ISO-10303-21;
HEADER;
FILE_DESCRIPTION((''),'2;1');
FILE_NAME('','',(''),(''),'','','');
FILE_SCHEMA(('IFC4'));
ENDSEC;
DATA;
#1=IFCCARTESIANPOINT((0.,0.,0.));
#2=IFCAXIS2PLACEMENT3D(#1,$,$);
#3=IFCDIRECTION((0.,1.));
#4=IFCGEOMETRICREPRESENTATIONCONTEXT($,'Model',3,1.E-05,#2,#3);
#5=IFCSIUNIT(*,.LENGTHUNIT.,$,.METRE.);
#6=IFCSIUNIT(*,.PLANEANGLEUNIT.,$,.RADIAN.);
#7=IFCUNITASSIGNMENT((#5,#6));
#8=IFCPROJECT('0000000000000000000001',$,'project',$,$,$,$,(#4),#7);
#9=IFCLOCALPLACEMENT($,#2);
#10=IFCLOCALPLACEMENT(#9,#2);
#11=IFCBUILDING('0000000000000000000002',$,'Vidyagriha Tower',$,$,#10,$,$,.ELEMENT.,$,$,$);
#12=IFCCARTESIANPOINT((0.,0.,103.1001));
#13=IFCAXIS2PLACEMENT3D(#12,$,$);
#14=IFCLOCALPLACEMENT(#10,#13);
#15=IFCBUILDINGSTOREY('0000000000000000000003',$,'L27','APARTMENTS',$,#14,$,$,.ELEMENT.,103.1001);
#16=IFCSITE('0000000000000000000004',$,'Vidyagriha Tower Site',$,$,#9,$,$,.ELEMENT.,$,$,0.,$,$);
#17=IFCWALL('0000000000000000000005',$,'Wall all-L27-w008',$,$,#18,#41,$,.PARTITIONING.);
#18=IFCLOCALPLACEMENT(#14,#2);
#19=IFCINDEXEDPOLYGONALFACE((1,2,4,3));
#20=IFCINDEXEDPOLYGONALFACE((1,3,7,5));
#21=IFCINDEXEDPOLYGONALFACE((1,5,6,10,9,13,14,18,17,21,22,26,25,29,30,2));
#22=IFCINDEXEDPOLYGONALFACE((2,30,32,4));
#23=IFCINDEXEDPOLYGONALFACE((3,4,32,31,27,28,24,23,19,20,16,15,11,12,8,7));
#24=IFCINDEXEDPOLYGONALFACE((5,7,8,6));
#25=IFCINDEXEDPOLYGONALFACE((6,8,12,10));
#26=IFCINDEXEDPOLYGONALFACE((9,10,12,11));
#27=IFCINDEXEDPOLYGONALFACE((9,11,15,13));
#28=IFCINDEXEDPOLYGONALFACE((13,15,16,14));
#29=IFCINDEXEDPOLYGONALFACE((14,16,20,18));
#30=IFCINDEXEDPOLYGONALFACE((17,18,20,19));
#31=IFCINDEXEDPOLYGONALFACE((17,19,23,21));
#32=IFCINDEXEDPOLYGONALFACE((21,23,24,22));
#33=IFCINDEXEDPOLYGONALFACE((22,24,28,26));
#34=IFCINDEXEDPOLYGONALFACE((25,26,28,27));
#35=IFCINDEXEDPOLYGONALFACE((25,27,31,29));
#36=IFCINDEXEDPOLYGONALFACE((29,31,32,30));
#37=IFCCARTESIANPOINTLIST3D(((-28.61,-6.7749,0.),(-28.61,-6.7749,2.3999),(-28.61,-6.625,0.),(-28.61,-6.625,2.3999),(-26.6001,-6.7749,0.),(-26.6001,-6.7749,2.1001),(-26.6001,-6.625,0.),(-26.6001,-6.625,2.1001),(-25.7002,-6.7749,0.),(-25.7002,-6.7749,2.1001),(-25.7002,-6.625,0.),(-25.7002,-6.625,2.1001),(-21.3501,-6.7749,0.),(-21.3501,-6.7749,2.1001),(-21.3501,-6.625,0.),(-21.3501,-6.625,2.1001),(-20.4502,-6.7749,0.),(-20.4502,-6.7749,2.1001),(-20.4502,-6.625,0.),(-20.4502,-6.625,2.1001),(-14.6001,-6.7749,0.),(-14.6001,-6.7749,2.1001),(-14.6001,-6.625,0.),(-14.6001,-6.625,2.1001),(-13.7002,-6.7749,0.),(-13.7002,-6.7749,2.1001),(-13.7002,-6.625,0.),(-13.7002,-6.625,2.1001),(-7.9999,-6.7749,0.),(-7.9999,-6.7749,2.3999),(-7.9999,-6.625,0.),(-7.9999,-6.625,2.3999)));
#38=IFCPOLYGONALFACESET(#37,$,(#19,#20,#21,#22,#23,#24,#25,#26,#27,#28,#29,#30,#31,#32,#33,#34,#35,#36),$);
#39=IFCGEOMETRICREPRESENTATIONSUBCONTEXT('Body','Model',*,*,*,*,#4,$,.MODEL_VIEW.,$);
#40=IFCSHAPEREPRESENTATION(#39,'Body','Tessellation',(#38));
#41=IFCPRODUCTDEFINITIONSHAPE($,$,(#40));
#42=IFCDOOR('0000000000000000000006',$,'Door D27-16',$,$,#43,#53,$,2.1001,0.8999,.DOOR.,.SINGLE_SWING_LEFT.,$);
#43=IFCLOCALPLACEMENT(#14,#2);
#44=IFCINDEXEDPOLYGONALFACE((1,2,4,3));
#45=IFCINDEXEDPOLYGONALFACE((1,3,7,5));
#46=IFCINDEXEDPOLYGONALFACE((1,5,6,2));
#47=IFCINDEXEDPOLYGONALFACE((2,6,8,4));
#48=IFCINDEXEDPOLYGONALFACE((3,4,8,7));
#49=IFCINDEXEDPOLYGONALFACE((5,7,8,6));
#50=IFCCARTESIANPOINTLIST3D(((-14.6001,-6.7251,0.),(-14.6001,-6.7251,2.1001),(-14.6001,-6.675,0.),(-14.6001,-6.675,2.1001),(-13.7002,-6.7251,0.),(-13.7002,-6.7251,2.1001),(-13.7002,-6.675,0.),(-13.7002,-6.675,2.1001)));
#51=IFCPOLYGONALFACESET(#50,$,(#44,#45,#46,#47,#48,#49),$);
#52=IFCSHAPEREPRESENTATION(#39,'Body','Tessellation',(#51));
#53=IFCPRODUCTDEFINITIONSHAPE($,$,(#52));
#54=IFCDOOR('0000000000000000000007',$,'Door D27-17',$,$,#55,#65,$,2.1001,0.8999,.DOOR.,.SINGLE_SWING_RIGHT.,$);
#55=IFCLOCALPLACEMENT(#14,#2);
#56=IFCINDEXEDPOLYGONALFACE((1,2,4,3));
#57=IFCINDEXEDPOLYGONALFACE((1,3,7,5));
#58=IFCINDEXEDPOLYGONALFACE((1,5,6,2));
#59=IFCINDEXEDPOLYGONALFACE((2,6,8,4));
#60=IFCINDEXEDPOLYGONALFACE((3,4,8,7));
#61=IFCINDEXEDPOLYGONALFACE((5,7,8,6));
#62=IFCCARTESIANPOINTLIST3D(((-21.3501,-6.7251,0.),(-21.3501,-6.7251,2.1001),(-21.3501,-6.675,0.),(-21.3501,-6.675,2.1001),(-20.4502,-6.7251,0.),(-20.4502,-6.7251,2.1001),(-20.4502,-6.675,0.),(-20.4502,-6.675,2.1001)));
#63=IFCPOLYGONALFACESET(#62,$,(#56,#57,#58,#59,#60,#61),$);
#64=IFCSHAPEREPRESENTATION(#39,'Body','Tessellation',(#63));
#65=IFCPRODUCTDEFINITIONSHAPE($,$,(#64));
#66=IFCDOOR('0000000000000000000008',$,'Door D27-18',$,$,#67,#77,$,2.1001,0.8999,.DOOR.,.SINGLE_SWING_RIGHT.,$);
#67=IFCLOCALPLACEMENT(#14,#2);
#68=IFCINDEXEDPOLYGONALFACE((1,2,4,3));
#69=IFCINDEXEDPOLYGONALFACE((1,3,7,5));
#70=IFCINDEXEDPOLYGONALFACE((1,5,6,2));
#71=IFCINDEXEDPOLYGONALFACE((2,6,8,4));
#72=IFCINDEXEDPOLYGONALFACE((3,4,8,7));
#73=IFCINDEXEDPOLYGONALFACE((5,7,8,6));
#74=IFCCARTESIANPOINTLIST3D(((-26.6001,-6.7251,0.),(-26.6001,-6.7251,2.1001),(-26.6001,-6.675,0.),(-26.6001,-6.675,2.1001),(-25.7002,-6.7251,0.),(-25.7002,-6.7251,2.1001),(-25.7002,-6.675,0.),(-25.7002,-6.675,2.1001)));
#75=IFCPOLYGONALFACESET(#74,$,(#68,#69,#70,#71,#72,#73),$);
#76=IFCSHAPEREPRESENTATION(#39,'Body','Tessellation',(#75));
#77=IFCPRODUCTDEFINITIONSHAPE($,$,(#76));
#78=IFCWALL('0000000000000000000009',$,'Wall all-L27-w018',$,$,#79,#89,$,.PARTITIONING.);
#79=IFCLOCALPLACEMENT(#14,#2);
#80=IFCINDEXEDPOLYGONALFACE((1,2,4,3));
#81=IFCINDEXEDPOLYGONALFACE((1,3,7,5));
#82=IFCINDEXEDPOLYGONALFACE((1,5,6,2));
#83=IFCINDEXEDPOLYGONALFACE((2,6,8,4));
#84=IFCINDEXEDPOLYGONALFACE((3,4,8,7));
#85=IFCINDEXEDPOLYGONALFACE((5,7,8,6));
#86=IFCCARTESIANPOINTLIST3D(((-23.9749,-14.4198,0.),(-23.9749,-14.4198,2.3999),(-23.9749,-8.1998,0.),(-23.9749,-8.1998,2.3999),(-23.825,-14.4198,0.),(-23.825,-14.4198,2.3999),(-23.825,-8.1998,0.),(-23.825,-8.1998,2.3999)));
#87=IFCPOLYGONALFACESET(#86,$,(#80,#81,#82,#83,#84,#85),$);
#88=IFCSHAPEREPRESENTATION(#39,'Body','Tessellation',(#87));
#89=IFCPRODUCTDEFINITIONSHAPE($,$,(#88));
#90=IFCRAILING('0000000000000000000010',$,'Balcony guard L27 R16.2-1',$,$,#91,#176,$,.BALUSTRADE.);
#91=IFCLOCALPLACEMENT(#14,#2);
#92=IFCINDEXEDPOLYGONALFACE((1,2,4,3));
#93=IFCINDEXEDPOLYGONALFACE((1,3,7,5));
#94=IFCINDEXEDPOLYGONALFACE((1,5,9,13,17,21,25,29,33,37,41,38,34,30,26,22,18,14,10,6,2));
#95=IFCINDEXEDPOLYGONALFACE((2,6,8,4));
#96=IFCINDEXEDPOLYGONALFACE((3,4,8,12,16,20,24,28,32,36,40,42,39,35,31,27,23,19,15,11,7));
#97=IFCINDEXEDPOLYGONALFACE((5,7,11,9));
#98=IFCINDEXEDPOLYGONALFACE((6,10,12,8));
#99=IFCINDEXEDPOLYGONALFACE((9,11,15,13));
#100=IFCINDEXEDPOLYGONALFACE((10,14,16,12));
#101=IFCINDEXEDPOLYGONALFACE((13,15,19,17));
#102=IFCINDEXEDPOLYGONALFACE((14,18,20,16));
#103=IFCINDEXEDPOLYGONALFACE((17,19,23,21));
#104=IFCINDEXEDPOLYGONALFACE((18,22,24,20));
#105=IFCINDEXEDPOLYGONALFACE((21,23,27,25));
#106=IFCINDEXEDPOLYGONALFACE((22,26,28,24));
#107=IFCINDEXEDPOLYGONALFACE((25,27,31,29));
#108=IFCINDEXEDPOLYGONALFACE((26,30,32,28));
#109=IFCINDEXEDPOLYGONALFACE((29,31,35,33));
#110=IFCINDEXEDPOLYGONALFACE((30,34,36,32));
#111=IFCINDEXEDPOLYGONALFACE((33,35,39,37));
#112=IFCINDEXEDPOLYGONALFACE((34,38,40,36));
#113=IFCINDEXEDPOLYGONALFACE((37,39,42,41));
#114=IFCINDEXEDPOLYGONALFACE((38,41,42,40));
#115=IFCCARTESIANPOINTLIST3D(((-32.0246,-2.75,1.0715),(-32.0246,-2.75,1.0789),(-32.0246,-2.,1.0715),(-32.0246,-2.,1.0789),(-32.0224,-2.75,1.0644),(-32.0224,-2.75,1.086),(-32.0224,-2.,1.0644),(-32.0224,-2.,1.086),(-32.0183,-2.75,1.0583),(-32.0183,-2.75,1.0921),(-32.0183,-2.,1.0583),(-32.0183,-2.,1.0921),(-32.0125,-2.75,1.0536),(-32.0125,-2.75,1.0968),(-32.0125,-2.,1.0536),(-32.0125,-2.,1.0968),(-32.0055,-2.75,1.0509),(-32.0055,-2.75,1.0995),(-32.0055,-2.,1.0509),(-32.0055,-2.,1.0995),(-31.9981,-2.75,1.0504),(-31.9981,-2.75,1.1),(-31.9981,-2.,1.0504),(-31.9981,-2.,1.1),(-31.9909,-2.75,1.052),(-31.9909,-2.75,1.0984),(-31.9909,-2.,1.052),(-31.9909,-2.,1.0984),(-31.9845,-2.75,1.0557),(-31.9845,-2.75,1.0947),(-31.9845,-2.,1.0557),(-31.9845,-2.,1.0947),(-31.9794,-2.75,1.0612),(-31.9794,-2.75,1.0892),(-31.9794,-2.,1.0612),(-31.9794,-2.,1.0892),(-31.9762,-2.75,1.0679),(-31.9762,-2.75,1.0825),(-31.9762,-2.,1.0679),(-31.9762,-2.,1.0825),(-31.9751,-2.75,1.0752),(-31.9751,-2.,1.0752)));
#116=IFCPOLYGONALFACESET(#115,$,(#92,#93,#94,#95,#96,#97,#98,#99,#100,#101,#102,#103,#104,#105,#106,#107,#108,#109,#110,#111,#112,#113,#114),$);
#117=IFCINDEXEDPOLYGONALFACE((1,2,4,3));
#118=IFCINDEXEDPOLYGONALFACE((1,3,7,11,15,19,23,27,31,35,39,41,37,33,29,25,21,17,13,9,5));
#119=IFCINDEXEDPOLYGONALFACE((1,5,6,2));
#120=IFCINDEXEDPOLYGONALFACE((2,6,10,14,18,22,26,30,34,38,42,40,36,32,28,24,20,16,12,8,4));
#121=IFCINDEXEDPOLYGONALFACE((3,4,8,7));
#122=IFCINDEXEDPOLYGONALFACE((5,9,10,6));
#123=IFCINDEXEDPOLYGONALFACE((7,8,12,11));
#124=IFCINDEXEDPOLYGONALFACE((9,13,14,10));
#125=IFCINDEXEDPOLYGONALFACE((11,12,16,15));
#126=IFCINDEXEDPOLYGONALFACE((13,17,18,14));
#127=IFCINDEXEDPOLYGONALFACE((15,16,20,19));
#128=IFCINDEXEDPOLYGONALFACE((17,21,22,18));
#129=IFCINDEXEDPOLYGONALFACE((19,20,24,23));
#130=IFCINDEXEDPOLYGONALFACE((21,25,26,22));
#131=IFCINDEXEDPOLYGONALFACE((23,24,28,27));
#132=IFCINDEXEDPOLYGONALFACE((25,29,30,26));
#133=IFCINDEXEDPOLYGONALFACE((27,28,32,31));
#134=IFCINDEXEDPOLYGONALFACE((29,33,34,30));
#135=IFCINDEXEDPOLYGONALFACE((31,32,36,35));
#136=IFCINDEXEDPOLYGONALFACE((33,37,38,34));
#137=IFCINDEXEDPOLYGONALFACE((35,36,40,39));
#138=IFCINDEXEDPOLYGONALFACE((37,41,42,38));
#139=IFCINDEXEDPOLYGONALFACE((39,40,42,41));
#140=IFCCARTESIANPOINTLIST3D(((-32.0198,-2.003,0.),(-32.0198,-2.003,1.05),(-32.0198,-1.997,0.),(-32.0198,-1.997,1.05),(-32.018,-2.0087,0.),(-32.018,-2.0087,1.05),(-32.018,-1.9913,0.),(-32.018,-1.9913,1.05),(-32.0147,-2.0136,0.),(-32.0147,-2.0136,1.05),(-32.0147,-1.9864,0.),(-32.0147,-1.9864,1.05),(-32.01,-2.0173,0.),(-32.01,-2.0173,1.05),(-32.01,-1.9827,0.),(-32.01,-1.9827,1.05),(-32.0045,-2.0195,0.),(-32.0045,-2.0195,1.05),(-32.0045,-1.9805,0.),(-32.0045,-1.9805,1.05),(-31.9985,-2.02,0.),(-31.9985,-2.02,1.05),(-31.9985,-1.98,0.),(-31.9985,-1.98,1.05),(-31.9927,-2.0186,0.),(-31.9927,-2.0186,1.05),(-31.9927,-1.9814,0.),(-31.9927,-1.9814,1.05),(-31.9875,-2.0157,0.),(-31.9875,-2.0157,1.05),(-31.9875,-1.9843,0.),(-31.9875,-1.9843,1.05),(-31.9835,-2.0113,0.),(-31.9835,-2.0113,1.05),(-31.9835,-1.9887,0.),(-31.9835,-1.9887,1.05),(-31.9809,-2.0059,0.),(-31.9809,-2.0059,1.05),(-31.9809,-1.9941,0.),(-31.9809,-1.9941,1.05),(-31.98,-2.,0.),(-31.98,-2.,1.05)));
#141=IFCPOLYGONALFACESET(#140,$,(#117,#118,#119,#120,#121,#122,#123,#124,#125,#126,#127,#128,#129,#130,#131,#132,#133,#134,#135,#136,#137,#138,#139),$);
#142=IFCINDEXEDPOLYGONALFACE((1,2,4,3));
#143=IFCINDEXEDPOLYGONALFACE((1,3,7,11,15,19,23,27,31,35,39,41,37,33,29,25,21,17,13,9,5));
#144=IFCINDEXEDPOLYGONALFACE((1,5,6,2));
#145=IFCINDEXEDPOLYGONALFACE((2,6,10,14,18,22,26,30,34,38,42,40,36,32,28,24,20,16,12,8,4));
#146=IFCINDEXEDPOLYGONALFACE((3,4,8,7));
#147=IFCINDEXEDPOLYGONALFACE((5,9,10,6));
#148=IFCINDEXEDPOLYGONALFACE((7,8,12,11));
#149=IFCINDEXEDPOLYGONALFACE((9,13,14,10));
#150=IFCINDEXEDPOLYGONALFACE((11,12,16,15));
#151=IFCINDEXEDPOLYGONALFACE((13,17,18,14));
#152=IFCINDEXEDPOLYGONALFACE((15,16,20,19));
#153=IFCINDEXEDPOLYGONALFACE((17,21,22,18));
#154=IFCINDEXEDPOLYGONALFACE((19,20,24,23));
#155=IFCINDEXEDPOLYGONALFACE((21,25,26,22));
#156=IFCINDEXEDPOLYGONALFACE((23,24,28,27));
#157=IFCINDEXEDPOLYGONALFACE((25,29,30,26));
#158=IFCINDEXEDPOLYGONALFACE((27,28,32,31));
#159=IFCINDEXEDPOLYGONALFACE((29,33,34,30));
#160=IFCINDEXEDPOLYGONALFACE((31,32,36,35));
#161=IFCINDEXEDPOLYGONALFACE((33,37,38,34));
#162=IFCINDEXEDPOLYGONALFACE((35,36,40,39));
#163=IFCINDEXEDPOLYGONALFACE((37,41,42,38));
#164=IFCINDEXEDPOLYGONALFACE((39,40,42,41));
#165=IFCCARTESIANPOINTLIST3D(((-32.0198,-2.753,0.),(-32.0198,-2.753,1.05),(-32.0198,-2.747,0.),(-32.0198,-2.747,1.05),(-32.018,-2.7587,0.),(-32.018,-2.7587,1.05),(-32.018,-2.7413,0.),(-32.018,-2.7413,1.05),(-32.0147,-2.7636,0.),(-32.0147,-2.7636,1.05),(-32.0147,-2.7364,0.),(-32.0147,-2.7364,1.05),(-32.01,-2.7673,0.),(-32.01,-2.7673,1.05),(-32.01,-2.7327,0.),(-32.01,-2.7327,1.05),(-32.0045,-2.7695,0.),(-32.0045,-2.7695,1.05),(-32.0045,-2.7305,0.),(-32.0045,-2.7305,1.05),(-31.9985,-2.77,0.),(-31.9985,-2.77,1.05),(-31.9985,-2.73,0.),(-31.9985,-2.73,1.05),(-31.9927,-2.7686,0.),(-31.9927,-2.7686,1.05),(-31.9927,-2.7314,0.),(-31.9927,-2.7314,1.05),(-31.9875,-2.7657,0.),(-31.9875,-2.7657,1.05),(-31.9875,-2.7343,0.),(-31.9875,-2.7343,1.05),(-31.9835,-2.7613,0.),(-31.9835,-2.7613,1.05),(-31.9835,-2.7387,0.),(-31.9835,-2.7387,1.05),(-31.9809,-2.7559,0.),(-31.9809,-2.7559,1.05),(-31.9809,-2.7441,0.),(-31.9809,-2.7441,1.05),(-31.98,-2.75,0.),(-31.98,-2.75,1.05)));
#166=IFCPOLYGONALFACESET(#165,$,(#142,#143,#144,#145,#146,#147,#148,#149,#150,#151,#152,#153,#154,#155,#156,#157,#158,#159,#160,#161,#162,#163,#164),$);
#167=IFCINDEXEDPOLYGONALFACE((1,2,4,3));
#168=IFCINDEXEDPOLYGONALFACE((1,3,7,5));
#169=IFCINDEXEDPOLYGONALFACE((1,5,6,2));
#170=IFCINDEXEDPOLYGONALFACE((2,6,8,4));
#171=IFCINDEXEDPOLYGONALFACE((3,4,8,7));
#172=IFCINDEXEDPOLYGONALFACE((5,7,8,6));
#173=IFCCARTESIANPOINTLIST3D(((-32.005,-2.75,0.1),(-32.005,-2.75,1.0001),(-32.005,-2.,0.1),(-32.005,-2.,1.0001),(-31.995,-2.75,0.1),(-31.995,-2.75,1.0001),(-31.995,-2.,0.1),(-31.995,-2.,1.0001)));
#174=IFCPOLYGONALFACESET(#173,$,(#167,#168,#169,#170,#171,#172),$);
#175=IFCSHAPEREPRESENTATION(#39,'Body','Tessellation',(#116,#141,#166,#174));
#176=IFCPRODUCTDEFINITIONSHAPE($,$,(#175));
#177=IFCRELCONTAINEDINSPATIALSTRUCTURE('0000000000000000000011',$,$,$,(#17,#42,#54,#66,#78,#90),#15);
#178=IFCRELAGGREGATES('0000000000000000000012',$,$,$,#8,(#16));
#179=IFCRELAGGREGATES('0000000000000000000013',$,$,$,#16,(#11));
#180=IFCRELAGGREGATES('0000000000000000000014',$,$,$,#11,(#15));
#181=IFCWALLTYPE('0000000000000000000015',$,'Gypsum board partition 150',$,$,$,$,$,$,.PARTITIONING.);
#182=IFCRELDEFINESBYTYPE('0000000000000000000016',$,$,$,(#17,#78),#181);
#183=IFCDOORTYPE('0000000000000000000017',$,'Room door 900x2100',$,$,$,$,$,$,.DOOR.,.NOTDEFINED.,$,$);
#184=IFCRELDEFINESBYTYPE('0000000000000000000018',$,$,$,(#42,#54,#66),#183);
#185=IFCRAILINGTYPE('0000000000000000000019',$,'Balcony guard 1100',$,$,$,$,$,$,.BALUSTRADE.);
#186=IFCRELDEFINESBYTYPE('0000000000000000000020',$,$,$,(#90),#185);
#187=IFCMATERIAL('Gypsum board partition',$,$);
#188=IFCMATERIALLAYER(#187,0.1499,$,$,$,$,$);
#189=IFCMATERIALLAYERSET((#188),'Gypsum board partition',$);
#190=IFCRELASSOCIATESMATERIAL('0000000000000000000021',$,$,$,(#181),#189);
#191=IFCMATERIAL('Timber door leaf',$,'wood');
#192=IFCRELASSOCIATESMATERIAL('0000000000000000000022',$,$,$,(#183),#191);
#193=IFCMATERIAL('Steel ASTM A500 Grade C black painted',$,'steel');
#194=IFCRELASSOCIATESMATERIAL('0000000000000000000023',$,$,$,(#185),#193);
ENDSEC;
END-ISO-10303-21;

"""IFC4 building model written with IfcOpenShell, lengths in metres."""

from ifc_helpers import new_model, si_unit, direction, frame, frame_2d, origin, origin_2d, place, context, subcontext, project, spatial, rectangle, circle, extrude, material, layer, layer_set, type_object, element, fill, save


model = new_model("IFC4")

# Units and contexts
model_context = context("Model", 3, precision=1e-05, world=origin(), true_north=direction((0.0, 1.0)))
body_context = subcontext(model_context, "Body", "Model", "MODEL_VIEW")
ifc_project = project(units=[si_unit("LENGTHUNIT", "METRE"), si_unit("PLANEANGLEUNIT", "RADIAN")], contexts=[model_context])

# Site, building, storey
site_placement = place(None, origin())
site = spatial("IfcSite", under=ifc_project, at=site_placement, Name="Vidyagriha Tower Site", CompositionType="ELEMENT", RefElevation=0.0)
building_placement = place(site_placement, origin())
building = spatial("IfcBuilding", under=site, at=building_placement, Name="Vidyagriha Tower", CompositionType="ELEMENT")
storey_placement = place(building_placement, frame((0.0, 0.0, 103.1001)))
storey = spatial("IfcBuildingStorey", under=building, at=storey_placement, Name="L27", Description="APARTMENTS", CompositionType="ELEMENT", Elevation=103.1001)

# Shared definitions
ifc_material_1 = material(Name="Gypsum board partition")
ifc_layer_1 = layer(ifc_material_1, 0.1499)
ifc_layer_set_1 = layer_set([ifc_layer_1], Name="Gypsum board partition")
wall_type_1 = type_object("IfcWallType", Name="Gypsum board partition 150", PredefinedType="PARTITIONING", material=ifc_layer_set_1)

# Wall, openings, doors
wall_1_placement = place(storey_placement, frame((-28.6101, -6.7, 0.0)))
wall_1 = element("IfcWall", 1, at=wall_1_placement, inside=storey, type_object=wall_type_1, Name="Wall all-L27-w008", PredefinedType="PARTITIONING", context=body_context, shape_type="SweptSolid", body=[
    extrude(rectangle(XDim=20.6101, YDim=0.1499, at=frame_2d((10.3052, 0.0))), origin(), (0.0, 0.0, 1.0), 2.3999),
])
opening_1_placement = place(wall_1_placement, frame((14.01, 0.0, 0.0)))
opening_1 = element("IfcOpeningElement", 2, at=opening_1_placement, cuts=wall_1, PredefinedType="OPENING", context=body_context, shape_type="SweptSolid", body=[
    extrude(rectangle(XDim=0.8999, YDim=2.1001, at=frame_2d((0.45, 1.05))), frame((0.0, 0.085, 0.0), z_axis=(0.0, -1.0, 0.0), x_axis=(1.0, 0.0, 0.0)), (0.0, 0.0, 1.0), 0.1699),
])
opening_2_placement = place(wall_1_placement, frame((7.26, 0.0, 0.0)))
opening_2 = element("IfcOpeningElement", 3, at=opening_2_placement, cuts=wall_1, PredefinedType="OPENING", context=body_context, shape_type="SweptSolid", body=[
    extrude(rectangle(XDim=0.8999, YDim=2.1001, at=frame_2d((0.45, 1.05))), frame((0.0, 0.085, 0.0), z_axis=(0.0, -1.0, 0.0), x_axis=(1.0, 0.0, 0.0)), (0.0, 0.0, 1.0), 0.1699),
])
opening_3_placement = place(wall_1_placement, frame((2.01, 0.0, 0.0)))
opening_3 = element("IfcOpeningElement", 4, at=opening_3_placement, cuts=wall_1, PredefinedType="OPENING", context=body_context, shape_type="SweptSolid", body=[
    extrude(rectangle(XDim=0.8999, YDim=2.1001, at=frame_2d((0.45, 1.05))), frame((0.0, 0.085, 0.0), z_axis=(0.0, -1.0, 0.0), x_axis=(1.0, 0.0, 0.0)), (0.0, 0.0, 1.0), 0.1699),
])
ifc_material_2 = material(Name="Timber door leaf", Category="wood")
door_type_1 = type_object("IfcDoorType", Name="Room door 900x2100", OperationType="NOTDEFINED", PredefinedType="DOOR", material=ifc_material_2)
door_1_placement = place(opening_1_placement, origin())
door_1 = element("IfcDoor", 5, at=door_1_placement, inside=storey, type_object=door_type_1, Name="Door D27-16", OperationType="SINGLE_SWING_LEFT", OverallHeight=2.1001, OverallWidth=0.8999, PredefinedType="DOOR", context=body_context, shape_type="SweptSolid", body=[
    extrude(rectangle(XDim=0.8999, YDim=2.1001, at=frame_2d((0.45, 1.05))), frame((0.0, 0.0249, 0.0), z_axis=(0.0, -1.0, 0.0), x_axis=(1.0, 0.0, 0.0)), (0.0, 0.0, 1.0), 0.05),
])
fill(opening_1, door_1)
door_2_placement = place(opening_2_placement, origin())
door_2 = element("IfcDoor", 6, at=door_2_placement, inside=storey, type_object=door_type_1, Name="Door D27-17", OperationType="SINGLE_SWING_RIGHT", OverallHeight=2.1001, OverallWidth=0.8999, PredefinedType="DOOR", context=body_context, shape_type="SweptSolid", body=[
    extrude(rectangle(XDim=0.8999, YDim=2.1001, at=frame_2d((0.45, 1.05))), frame((0.0, 0.0249, 0.0), z_axis=(0.0, -1.0, 0.0), x_axis=(1.0, 0.0, 0.0)), (0.0, 0.0, 1.0), 0.05),
])
fill(opening_2, door_2)
door_3_placement = place(opening_3_placement, origin())
door_3 = element("IfcDoor", 7, at=door_3_placement, inside=storey, type_object=door_type_1, Name="Door D27-18", OperationType="SINGLE_SWING_RIGHT", OverallHeight=2.1001, OverallWidth=0.8999, PredefinedType="DOOR", context=body_context, shape_type="SweptSolid", body=[
    extrude(rectangle(XDim=0.8999, YDim=2.1001, at=frame_2d((0.45, 1.05))), frame((0.0, 0.0249, 0.0), z_axis=(0.0, -1.0, 0.0), x_axis=(1.0, 0.0, 0.0)), (0.0, 0.0, 1.0), 0.05),
])
fill(opening_3, door_3)

# Wall
wall_2_placement = place(storey_placement, frame((-23.8999, -8.2, 0.0), z_axis=(0.0, 0.0, 1.0), x_axis=(0.0, -1.0, 0.0)))
element("IfcWall", 8, at=wall_2_placement, inside=storey, type_object=wall_type_1, Name="Wall all-L27-w018", PredefinedType="PARTITIONING", context=body_context, shape_type="SweptSolid", body=[
    extrude(rectangle(XDim=6.22, YDim=0.1499, at=frame_2d((3.1099, 0.0))), origin(), (0.0, 0.0, 1.0), 2.3999),
])

# Railing
ifc_material_3 = material(Name="Steel ASTM A500 Grade C black painted", Category="steel")
railing_type_1 = type_object("IfcRailingType", Name="Balcony guard 1100", PredefinedType="BALUSTRADE", material=ifc_material_3)
railing_1_placement = place(storey_placement, frame((-32.0, -2.0, 0.0)))
element("IfcRailing", 9, at=railing_1_placement, inside=storey, type_object=railing_type_1, Name="Balcony guard L27 R16.2-1", PredefinedType="BALUSTRADE", context=body_context, shape_type="SweptSolid", body=[
    extrude(circle(Radius=0.0249, at=origin_2d()), frame((0.0, 0.0, 1.0752), z_axis=(0.0, -1.0, 0.0), x_axis=(1.0, 0.0, 0.0)), (0.0, 0.0, 1.0), 0.75),
    extrude(circle(Radius=0.02, at=origin_2d()), origin(), (0.0, 0.0, 1.0), 1.05),
    extrude(circle(Radius=0.02, at=origin_2d()), frame((0.0, -0.75, 0.0)), (0.0, 0.0, 1.0), 1.05),
    extrude(rectangle(XDim=0.01, YDim=0.9001, at=origin_2d()), frame((0.0, 0.0, 0.55), z_axis=(0.0, -1.0, 0.0), x_axis=(1.0, 0.0, 0.0)), (0.0, 0.0, 1.0), 0.75),
])

save(model, "model.ifc")
